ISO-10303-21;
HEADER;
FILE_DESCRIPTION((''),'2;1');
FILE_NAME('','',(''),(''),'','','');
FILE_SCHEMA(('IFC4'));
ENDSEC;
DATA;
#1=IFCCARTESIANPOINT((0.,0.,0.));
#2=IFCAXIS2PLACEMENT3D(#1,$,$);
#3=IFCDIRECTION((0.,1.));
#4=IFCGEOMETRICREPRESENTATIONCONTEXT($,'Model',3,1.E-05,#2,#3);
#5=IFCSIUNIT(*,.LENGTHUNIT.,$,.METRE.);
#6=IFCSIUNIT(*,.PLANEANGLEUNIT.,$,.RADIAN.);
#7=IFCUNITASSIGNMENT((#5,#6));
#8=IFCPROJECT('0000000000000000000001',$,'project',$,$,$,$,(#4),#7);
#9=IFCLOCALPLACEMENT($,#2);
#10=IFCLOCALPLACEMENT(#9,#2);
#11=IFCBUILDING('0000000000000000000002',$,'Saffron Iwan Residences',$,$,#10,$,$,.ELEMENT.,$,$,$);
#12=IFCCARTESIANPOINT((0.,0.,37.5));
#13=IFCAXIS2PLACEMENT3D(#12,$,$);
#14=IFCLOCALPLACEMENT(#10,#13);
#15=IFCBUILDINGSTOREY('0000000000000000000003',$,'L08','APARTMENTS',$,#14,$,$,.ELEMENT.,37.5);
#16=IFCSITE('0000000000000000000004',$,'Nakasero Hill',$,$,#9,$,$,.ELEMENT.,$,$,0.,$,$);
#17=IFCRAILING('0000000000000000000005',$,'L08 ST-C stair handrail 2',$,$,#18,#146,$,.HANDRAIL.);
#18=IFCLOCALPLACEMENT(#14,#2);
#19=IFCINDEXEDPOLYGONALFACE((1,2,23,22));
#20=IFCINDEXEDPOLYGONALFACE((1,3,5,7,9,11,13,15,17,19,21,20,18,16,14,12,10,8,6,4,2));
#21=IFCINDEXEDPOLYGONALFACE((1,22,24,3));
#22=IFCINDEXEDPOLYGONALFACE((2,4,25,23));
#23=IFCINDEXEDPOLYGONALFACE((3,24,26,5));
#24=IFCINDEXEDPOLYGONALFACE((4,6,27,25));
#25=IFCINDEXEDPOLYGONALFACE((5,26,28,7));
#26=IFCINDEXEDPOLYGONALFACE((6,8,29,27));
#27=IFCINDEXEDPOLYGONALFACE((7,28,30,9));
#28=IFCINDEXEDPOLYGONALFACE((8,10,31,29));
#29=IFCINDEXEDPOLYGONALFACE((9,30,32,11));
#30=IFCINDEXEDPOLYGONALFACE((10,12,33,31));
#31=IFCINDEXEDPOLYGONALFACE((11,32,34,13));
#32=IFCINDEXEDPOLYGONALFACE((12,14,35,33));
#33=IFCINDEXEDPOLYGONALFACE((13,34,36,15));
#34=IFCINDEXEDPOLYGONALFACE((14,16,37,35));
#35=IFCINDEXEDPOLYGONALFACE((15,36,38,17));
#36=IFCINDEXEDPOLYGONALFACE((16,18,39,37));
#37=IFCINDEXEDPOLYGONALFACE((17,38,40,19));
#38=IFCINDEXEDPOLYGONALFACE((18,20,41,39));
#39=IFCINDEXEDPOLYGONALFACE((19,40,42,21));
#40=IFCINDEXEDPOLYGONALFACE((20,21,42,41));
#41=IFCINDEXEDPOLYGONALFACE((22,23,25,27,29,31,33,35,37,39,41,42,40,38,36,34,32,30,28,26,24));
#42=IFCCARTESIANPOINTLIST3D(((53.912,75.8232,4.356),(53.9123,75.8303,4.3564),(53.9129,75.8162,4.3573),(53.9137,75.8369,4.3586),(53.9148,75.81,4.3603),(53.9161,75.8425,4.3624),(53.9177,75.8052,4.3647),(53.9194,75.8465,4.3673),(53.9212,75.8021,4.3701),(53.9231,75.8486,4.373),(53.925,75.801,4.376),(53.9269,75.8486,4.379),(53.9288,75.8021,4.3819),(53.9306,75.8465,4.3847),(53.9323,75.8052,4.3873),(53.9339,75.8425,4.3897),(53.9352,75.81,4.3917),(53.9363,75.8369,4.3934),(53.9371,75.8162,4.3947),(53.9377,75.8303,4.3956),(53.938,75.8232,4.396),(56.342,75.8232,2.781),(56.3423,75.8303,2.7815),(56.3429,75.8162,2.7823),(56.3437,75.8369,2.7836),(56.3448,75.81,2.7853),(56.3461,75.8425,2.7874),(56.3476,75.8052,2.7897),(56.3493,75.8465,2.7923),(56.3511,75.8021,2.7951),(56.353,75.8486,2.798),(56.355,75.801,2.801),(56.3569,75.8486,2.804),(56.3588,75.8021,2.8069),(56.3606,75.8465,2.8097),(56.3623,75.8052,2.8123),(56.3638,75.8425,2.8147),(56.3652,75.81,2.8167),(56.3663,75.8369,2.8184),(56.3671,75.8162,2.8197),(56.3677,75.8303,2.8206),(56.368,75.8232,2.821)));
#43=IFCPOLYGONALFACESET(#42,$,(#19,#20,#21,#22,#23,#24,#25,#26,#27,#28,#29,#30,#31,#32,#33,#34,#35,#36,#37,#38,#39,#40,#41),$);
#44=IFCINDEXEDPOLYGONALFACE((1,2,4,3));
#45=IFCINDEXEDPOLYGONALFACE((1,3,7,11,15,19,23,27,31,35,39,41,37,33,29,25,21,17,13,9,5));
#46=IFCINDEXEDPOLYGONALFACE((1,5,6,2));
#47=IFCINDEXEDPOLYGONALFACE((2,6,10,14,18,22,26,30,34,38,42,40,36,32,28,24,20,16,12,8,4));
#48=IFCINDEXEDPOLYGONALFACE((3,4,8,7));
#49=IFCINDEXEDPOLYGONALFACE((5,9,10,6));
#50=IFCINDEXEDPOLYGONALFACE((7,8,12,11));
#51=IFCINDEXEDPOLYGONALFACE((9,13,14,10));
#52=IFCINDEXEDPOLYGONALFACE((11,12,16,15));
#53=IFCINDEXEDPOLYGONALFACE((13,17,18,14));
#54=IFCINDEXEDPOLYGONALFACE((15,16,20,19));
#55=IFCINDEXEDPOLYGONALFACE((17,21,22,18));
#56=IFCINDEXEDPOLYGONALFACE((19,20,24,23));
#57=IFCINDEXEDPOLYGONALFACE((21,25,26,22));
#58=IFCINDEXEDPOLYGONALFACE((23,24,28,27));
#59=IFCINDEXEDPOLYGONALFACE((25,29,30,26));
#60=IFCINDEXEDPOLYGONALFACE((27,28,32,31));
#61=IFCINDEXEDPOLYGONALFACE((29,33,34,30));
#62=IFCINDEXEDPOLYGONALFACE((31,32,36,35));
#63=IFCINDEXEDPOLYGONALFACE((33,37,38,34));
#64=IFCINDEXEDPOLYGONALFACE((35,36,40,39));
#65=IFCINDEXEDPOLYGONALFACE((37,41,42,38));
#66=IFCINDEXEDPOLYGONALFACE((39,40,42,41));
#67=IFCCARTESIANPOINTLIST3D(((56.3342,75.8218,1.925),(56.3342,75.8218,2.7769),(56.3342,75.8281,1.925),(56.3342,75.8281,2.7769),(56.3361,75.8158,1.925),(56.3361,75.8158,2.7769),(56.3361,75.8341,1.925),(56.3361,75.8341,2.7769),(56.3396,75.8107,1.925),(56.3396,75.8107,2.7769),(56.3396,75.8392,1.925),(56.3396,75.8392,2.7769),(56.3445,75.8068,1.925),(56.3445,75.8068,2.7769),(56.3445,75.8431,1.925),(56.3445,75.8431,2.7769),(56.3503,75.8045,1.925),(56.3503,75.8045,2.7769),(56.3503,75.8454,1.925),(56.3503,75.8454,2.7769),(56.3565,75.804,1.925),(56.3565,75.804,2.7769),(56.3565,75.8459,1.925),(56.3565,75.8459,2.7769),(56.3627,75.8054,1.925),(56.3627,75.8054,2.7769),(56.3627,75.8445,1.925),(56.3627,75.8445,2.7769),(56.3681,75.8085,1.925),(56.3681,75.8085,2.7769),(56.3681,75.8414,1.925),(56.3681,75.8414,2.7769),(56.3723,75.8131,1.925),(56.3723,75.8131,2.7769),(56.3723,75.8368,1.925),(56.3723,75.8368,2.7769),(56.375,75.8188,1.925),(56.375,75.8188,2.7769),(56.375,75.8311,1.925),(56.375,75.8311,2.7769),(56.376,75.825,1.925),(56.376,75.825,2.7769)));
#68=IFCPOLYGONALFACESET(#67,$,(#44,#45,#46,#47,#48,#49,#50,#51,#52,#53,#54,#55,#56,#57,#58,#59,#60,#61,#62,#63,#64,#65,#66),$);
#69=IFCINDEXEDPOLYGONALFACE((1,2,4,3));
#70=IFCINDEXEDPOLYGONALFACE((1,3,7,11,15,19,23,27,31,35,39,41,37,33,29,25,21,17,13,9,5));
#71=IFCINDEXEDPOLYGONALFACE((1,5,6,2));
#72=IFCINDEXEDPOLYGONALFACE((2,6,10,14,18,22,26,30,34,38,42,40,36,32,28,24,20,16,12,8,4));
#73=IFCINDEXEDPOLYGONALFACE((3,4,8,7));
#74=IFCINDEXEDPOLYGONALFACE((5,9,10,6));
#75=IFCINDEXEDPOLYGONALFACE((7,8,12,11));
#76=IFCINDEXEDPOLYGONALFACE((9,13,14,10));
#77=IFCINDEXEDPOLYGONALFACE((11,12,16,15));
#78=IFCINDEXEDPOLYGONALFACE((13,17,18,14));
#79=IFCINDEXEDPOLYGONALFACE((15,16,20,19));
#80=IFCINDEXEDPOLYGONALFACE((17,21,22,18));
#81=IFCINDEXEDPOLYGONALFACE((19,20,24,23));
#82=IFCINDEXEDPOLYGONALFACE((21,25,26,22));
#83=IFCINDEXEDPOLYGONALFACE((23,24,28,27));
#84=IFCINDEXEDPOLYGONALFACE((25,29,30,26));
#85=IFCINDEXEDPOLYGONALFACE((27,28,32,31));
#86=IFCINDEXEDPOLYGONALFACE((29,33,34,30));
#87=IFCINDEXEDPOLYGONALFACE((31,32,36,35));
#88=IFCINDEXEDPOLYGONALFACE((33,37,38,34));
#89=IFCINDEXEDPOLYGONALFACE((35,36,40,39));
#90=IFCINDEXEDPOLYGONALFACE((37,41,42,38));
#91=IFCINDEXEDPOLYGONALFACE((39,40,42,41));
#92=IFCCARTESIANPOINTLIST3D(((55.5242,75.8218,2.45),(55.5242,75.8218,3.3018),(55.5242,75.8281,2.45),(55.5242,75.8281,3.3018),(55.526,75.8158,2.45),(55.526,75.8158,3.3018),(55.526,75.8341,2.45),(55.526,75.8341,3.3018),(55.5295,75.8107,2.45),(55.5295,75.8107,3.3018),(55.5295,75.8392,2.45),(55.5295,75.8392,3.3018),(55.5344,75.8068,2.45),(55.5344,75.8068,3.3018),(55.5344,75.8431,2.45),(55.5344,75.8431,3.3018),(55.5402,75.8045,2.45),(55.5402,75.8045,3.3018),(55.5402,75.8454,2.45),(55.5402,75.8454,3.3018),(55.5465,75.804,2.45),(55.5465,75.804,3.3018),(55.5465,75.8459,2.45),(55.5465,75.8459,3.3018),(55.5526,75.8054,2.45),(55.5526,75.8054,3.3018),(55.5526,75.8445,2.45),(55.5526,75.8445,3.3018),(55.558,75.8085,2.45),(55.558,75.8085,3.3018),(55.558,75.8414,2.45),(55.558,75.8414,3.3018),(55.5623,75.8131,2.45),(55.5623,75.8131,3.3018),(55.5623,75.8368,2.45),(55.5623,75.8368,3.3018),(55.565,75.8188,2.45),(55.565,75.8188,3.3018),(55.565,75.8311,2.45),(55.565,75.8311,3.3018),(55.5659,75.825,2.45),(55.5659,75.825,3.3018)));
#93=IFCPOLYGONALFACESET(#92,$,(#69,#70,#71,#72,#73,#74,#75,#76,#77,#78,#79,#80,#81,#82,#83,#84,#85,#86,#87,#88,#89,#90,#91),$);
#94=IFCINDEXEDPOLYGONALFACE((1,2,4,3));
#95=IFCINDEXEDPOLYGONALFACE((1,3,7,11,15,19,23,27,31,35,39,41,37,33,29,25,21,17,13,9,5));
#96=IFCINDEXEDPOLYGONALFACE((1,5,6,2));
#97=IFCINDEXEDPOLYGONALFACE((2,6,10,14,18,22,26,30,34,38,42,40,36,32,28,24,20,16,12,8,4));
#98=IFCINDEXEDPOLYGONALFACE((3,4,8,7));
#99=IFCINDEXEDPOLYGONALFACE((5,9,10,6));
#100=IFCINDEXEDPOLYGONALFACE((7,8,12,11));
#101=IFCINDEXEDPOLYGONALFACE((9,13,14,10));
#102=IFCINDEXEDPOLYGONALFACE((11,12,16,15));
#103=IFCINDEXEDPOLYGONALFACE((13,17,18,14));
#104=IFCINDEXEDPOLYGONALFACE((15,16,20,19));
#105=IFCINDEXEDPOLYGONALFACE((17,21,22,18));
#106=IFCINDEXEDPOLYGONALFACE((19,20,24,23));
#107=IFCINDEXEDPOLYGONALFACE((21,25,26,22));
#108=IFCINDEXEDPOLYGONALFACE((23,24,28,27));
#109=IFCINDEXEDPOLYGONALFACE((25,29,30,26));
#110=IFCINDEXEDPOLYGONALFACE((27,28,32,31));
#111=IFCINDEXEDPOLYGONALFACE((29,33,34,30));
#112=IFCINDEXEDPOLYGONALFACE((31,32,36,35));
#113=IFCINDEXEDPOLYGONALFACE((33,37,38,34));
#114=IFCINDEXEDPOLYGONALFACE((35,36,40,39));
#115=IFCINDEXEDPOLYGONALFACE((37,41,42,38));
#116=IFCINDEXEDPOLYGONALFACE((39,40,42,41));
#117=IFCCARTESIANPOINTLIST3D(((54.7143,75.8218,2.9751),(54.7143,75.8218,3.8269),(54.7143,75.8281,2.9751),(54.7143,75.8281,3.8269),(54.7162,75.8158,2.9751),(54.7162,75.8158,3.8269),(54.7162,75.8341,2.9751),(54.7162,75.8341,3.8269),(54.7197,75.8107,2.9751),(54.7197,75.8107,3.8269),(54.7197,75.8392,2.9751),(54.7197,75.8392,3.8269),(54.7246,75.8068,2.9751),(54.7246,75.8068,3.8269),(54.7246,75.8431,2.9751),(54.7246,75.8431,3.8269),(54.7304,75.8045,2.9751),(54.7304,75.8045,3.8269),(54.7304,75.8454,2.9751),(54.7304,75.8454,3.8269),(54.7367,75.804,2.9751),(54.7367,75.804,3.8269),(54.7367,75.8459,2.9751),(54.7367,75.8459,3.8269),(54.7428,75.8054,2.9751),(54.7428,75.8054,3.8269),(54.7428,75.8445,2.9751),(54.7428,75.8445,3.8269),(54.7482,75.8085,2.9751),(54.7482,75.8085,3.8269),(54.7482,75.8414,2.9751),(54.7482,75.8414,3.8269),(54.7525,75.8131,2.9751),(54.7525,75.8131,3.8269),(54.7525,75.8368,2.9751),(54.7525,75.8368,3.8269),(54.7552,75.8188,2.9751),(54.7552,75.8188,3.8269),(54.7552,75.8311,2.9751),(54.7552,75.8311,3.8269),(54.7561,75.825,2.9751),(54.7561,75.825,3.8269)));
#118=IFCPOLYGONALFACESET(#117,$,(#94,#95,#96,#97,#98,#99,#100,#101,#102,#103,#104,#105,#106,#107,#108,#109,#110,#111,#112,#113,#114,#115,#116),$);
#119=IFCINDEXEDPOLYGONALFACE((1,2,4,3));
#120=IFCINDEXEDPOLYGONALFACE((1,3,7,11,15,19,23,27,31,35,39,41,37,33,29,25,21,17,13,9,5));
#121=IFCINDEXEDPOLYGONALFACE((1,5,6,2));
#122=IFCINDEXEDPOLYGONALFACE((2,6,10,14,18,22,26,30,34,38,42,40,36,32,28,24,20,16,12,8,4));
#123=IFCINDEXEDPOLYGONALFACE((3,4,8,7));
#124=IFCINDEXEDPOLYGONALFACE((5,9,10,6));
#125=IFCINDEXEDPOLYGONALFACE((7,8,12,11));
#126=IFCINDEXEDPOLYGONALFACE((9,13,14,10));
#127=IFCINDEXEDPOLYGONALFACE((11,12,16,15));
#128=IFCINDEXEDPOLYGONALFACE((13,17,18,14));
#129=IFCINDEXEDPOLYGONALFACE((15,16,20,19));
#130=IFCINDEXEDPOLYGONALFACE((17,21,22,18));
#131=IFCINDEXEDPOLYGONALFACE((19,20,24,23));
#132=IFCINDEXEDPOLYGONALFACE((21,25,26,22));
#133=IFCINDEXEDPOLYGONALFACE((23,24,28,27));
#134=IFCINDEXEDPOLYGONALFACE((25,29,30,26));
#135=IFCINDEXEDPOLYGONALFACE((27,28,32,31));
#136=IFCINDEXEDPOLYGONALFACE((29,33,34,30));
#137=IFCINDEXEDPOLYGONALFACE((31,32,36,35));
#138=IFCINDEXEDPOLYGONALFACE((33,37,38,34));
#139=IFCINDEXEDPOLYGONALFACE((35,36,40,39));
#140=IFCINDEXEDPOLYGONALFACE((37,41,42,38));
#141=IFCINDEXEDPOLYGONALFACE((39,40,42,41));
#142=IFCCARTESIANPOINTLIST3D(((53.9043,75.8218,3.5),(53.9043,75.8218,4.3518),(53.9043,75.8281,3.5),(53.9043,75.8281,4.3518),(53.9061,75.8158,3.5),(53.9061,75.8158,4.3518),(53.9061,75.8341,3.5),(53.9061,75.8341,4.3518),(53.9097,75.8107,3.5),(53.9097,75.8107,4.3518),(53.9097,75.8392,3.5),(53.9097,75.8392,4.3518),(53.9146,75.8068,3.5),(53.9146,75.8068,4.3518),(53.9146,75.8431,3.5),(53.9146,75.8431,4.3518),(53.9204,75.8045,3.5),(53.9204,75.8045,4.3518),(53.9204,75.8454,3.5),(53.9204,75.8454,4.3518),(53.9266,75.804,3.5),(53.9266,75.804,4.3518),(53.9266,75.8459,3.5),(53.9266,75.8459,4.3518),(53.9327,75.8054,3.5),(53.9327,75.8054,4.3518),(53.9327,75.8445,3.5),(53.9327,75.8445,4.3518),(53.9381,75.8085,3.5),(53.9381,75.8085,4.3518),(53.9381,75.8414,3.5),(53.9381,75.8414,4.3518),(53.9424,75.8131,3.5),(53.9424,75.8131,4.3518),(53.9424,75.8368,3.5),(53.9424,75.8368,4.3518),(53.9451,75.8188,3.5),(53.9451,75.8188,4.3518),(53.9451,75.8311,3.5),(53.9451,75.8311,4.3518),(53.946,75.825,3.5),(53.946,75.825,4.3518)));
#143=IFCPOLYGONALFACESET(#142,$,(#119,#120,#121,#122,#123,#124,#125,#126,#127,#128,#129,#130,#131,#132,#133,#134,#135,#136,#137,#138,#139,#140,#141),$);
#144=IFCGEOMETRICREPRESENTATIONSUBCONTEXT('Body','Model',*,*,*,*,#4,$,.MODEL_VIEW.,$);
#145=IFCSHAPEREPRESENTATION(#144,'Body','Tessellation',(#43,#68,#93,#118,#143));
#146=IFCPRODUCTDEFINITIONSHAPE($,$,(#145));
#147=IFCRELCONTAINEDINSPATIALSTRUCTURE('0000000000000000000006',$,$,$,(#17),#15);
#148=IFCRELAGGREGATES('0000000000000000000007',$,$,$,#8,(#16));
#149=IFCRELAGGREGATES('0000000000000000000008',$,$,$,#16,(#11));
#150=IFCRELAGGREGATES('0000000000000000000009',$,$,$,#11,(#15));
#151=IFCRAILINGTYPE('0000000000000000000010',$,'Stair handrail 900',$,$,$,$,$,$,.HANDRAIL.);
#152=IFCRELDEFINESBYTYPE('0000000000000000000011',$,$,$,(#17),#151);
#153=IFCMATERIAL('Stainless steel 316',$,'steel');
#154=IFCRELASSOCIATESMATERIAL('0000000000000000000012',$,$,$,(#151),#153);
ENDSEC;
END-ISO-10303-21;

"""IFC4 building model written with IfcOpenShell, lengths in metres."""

from ifc_helpers import new_model, si_unit, direction, frame, origin, origin_2d, place, context, subcontext, project, spatial, circle, extrude, material, type_object, element, save


model = new_model("IFC4")

# Units and contexts
model_context = context("Model", 3, precision=1e-05, world=origin(), true_north=direction((0.0, 1.0)))
body_context = subcontext(model_context, "Body", "Model", "MODEL_VIEW")
ifc_project = project(units=[si_unit("LENGTHUNIT", "METRE"), si_unit("PLANEANGLEUNIT", "RADIAN")], contexts=[model_context])

# Site, building, storey
site_placement = place(None, origin())
site = spatial("IfcSite", under=ifc_project, at=site_placement, Name="Nakasero Hill", CompositionType="ELEMENT", RefElevation=0.0)
building_placement = place(site_placement, origin())
building = spatial("IfcBuilding", under=site, at=building_placement, Name="Saffron Iwan Residences", CompositionType="ELEMENT")
storey_placement = place(building_placement, frame((0.0, 0.0, 37.5)))
storey = spatial("IfcBuildingStorey", under=building, at=storey_placement, Name="L08", Description="APARTMENTS", CompositionType="ELEMENT", Elevation=37.5)

# Railing
ifc_material_1 = material(Name="Stainless steel 316", Category="steel")
railing_type_1 = type_object("IfcRailingType", Name="Stair handrail 900", PredefinedType="HANDRAIL", material=ifc_material_1)
railing_1_placement = place(storey_placement, frame((56.355, 75.825, 1.925)))
element("IfcRailing", 1, at=railing_1_placement, inside=storey, type_object=railing_type_1, Name="L08 ST-C stair handrail 2", PredefinedType="HANDRAIL", context=body_context, shape_type="SweptSolid", body=[
    extrude(circle(Radius=0.0239, at=origin_2d()), frame((0.0, 0.0, 0.876), z_axis=(-0.839154, 0.0, 0.543894), x_axis=(0.0, -1.0, 0.0)), (0.0, 0.0, 1.0), 2.8958),
    extrude(circle(Radius=0.021, at=origin_2d()), origin(), (0.0, 0.0, 1.0), 0.8518),
    extrude(circle(Radius=0.021, at=origin_2d()), frame((-0.8101, 0.0, 0.5249)), (0.0, 0.0, 1.0), 0.8518),
    extrude(circle(Radius=0.021, at=origin_2d()), frame((-1.6199, 0.0, 1.05)), (0.0, 0.0, 1.0), 0.8518),
    extrude(circle(Radius=0.021, at=origin_2d()), frame((-2.4299, 0.0, 1.575)), (0.0, 0.0, 1.0), 0.8518),
])

save(model, "model.ifc")
